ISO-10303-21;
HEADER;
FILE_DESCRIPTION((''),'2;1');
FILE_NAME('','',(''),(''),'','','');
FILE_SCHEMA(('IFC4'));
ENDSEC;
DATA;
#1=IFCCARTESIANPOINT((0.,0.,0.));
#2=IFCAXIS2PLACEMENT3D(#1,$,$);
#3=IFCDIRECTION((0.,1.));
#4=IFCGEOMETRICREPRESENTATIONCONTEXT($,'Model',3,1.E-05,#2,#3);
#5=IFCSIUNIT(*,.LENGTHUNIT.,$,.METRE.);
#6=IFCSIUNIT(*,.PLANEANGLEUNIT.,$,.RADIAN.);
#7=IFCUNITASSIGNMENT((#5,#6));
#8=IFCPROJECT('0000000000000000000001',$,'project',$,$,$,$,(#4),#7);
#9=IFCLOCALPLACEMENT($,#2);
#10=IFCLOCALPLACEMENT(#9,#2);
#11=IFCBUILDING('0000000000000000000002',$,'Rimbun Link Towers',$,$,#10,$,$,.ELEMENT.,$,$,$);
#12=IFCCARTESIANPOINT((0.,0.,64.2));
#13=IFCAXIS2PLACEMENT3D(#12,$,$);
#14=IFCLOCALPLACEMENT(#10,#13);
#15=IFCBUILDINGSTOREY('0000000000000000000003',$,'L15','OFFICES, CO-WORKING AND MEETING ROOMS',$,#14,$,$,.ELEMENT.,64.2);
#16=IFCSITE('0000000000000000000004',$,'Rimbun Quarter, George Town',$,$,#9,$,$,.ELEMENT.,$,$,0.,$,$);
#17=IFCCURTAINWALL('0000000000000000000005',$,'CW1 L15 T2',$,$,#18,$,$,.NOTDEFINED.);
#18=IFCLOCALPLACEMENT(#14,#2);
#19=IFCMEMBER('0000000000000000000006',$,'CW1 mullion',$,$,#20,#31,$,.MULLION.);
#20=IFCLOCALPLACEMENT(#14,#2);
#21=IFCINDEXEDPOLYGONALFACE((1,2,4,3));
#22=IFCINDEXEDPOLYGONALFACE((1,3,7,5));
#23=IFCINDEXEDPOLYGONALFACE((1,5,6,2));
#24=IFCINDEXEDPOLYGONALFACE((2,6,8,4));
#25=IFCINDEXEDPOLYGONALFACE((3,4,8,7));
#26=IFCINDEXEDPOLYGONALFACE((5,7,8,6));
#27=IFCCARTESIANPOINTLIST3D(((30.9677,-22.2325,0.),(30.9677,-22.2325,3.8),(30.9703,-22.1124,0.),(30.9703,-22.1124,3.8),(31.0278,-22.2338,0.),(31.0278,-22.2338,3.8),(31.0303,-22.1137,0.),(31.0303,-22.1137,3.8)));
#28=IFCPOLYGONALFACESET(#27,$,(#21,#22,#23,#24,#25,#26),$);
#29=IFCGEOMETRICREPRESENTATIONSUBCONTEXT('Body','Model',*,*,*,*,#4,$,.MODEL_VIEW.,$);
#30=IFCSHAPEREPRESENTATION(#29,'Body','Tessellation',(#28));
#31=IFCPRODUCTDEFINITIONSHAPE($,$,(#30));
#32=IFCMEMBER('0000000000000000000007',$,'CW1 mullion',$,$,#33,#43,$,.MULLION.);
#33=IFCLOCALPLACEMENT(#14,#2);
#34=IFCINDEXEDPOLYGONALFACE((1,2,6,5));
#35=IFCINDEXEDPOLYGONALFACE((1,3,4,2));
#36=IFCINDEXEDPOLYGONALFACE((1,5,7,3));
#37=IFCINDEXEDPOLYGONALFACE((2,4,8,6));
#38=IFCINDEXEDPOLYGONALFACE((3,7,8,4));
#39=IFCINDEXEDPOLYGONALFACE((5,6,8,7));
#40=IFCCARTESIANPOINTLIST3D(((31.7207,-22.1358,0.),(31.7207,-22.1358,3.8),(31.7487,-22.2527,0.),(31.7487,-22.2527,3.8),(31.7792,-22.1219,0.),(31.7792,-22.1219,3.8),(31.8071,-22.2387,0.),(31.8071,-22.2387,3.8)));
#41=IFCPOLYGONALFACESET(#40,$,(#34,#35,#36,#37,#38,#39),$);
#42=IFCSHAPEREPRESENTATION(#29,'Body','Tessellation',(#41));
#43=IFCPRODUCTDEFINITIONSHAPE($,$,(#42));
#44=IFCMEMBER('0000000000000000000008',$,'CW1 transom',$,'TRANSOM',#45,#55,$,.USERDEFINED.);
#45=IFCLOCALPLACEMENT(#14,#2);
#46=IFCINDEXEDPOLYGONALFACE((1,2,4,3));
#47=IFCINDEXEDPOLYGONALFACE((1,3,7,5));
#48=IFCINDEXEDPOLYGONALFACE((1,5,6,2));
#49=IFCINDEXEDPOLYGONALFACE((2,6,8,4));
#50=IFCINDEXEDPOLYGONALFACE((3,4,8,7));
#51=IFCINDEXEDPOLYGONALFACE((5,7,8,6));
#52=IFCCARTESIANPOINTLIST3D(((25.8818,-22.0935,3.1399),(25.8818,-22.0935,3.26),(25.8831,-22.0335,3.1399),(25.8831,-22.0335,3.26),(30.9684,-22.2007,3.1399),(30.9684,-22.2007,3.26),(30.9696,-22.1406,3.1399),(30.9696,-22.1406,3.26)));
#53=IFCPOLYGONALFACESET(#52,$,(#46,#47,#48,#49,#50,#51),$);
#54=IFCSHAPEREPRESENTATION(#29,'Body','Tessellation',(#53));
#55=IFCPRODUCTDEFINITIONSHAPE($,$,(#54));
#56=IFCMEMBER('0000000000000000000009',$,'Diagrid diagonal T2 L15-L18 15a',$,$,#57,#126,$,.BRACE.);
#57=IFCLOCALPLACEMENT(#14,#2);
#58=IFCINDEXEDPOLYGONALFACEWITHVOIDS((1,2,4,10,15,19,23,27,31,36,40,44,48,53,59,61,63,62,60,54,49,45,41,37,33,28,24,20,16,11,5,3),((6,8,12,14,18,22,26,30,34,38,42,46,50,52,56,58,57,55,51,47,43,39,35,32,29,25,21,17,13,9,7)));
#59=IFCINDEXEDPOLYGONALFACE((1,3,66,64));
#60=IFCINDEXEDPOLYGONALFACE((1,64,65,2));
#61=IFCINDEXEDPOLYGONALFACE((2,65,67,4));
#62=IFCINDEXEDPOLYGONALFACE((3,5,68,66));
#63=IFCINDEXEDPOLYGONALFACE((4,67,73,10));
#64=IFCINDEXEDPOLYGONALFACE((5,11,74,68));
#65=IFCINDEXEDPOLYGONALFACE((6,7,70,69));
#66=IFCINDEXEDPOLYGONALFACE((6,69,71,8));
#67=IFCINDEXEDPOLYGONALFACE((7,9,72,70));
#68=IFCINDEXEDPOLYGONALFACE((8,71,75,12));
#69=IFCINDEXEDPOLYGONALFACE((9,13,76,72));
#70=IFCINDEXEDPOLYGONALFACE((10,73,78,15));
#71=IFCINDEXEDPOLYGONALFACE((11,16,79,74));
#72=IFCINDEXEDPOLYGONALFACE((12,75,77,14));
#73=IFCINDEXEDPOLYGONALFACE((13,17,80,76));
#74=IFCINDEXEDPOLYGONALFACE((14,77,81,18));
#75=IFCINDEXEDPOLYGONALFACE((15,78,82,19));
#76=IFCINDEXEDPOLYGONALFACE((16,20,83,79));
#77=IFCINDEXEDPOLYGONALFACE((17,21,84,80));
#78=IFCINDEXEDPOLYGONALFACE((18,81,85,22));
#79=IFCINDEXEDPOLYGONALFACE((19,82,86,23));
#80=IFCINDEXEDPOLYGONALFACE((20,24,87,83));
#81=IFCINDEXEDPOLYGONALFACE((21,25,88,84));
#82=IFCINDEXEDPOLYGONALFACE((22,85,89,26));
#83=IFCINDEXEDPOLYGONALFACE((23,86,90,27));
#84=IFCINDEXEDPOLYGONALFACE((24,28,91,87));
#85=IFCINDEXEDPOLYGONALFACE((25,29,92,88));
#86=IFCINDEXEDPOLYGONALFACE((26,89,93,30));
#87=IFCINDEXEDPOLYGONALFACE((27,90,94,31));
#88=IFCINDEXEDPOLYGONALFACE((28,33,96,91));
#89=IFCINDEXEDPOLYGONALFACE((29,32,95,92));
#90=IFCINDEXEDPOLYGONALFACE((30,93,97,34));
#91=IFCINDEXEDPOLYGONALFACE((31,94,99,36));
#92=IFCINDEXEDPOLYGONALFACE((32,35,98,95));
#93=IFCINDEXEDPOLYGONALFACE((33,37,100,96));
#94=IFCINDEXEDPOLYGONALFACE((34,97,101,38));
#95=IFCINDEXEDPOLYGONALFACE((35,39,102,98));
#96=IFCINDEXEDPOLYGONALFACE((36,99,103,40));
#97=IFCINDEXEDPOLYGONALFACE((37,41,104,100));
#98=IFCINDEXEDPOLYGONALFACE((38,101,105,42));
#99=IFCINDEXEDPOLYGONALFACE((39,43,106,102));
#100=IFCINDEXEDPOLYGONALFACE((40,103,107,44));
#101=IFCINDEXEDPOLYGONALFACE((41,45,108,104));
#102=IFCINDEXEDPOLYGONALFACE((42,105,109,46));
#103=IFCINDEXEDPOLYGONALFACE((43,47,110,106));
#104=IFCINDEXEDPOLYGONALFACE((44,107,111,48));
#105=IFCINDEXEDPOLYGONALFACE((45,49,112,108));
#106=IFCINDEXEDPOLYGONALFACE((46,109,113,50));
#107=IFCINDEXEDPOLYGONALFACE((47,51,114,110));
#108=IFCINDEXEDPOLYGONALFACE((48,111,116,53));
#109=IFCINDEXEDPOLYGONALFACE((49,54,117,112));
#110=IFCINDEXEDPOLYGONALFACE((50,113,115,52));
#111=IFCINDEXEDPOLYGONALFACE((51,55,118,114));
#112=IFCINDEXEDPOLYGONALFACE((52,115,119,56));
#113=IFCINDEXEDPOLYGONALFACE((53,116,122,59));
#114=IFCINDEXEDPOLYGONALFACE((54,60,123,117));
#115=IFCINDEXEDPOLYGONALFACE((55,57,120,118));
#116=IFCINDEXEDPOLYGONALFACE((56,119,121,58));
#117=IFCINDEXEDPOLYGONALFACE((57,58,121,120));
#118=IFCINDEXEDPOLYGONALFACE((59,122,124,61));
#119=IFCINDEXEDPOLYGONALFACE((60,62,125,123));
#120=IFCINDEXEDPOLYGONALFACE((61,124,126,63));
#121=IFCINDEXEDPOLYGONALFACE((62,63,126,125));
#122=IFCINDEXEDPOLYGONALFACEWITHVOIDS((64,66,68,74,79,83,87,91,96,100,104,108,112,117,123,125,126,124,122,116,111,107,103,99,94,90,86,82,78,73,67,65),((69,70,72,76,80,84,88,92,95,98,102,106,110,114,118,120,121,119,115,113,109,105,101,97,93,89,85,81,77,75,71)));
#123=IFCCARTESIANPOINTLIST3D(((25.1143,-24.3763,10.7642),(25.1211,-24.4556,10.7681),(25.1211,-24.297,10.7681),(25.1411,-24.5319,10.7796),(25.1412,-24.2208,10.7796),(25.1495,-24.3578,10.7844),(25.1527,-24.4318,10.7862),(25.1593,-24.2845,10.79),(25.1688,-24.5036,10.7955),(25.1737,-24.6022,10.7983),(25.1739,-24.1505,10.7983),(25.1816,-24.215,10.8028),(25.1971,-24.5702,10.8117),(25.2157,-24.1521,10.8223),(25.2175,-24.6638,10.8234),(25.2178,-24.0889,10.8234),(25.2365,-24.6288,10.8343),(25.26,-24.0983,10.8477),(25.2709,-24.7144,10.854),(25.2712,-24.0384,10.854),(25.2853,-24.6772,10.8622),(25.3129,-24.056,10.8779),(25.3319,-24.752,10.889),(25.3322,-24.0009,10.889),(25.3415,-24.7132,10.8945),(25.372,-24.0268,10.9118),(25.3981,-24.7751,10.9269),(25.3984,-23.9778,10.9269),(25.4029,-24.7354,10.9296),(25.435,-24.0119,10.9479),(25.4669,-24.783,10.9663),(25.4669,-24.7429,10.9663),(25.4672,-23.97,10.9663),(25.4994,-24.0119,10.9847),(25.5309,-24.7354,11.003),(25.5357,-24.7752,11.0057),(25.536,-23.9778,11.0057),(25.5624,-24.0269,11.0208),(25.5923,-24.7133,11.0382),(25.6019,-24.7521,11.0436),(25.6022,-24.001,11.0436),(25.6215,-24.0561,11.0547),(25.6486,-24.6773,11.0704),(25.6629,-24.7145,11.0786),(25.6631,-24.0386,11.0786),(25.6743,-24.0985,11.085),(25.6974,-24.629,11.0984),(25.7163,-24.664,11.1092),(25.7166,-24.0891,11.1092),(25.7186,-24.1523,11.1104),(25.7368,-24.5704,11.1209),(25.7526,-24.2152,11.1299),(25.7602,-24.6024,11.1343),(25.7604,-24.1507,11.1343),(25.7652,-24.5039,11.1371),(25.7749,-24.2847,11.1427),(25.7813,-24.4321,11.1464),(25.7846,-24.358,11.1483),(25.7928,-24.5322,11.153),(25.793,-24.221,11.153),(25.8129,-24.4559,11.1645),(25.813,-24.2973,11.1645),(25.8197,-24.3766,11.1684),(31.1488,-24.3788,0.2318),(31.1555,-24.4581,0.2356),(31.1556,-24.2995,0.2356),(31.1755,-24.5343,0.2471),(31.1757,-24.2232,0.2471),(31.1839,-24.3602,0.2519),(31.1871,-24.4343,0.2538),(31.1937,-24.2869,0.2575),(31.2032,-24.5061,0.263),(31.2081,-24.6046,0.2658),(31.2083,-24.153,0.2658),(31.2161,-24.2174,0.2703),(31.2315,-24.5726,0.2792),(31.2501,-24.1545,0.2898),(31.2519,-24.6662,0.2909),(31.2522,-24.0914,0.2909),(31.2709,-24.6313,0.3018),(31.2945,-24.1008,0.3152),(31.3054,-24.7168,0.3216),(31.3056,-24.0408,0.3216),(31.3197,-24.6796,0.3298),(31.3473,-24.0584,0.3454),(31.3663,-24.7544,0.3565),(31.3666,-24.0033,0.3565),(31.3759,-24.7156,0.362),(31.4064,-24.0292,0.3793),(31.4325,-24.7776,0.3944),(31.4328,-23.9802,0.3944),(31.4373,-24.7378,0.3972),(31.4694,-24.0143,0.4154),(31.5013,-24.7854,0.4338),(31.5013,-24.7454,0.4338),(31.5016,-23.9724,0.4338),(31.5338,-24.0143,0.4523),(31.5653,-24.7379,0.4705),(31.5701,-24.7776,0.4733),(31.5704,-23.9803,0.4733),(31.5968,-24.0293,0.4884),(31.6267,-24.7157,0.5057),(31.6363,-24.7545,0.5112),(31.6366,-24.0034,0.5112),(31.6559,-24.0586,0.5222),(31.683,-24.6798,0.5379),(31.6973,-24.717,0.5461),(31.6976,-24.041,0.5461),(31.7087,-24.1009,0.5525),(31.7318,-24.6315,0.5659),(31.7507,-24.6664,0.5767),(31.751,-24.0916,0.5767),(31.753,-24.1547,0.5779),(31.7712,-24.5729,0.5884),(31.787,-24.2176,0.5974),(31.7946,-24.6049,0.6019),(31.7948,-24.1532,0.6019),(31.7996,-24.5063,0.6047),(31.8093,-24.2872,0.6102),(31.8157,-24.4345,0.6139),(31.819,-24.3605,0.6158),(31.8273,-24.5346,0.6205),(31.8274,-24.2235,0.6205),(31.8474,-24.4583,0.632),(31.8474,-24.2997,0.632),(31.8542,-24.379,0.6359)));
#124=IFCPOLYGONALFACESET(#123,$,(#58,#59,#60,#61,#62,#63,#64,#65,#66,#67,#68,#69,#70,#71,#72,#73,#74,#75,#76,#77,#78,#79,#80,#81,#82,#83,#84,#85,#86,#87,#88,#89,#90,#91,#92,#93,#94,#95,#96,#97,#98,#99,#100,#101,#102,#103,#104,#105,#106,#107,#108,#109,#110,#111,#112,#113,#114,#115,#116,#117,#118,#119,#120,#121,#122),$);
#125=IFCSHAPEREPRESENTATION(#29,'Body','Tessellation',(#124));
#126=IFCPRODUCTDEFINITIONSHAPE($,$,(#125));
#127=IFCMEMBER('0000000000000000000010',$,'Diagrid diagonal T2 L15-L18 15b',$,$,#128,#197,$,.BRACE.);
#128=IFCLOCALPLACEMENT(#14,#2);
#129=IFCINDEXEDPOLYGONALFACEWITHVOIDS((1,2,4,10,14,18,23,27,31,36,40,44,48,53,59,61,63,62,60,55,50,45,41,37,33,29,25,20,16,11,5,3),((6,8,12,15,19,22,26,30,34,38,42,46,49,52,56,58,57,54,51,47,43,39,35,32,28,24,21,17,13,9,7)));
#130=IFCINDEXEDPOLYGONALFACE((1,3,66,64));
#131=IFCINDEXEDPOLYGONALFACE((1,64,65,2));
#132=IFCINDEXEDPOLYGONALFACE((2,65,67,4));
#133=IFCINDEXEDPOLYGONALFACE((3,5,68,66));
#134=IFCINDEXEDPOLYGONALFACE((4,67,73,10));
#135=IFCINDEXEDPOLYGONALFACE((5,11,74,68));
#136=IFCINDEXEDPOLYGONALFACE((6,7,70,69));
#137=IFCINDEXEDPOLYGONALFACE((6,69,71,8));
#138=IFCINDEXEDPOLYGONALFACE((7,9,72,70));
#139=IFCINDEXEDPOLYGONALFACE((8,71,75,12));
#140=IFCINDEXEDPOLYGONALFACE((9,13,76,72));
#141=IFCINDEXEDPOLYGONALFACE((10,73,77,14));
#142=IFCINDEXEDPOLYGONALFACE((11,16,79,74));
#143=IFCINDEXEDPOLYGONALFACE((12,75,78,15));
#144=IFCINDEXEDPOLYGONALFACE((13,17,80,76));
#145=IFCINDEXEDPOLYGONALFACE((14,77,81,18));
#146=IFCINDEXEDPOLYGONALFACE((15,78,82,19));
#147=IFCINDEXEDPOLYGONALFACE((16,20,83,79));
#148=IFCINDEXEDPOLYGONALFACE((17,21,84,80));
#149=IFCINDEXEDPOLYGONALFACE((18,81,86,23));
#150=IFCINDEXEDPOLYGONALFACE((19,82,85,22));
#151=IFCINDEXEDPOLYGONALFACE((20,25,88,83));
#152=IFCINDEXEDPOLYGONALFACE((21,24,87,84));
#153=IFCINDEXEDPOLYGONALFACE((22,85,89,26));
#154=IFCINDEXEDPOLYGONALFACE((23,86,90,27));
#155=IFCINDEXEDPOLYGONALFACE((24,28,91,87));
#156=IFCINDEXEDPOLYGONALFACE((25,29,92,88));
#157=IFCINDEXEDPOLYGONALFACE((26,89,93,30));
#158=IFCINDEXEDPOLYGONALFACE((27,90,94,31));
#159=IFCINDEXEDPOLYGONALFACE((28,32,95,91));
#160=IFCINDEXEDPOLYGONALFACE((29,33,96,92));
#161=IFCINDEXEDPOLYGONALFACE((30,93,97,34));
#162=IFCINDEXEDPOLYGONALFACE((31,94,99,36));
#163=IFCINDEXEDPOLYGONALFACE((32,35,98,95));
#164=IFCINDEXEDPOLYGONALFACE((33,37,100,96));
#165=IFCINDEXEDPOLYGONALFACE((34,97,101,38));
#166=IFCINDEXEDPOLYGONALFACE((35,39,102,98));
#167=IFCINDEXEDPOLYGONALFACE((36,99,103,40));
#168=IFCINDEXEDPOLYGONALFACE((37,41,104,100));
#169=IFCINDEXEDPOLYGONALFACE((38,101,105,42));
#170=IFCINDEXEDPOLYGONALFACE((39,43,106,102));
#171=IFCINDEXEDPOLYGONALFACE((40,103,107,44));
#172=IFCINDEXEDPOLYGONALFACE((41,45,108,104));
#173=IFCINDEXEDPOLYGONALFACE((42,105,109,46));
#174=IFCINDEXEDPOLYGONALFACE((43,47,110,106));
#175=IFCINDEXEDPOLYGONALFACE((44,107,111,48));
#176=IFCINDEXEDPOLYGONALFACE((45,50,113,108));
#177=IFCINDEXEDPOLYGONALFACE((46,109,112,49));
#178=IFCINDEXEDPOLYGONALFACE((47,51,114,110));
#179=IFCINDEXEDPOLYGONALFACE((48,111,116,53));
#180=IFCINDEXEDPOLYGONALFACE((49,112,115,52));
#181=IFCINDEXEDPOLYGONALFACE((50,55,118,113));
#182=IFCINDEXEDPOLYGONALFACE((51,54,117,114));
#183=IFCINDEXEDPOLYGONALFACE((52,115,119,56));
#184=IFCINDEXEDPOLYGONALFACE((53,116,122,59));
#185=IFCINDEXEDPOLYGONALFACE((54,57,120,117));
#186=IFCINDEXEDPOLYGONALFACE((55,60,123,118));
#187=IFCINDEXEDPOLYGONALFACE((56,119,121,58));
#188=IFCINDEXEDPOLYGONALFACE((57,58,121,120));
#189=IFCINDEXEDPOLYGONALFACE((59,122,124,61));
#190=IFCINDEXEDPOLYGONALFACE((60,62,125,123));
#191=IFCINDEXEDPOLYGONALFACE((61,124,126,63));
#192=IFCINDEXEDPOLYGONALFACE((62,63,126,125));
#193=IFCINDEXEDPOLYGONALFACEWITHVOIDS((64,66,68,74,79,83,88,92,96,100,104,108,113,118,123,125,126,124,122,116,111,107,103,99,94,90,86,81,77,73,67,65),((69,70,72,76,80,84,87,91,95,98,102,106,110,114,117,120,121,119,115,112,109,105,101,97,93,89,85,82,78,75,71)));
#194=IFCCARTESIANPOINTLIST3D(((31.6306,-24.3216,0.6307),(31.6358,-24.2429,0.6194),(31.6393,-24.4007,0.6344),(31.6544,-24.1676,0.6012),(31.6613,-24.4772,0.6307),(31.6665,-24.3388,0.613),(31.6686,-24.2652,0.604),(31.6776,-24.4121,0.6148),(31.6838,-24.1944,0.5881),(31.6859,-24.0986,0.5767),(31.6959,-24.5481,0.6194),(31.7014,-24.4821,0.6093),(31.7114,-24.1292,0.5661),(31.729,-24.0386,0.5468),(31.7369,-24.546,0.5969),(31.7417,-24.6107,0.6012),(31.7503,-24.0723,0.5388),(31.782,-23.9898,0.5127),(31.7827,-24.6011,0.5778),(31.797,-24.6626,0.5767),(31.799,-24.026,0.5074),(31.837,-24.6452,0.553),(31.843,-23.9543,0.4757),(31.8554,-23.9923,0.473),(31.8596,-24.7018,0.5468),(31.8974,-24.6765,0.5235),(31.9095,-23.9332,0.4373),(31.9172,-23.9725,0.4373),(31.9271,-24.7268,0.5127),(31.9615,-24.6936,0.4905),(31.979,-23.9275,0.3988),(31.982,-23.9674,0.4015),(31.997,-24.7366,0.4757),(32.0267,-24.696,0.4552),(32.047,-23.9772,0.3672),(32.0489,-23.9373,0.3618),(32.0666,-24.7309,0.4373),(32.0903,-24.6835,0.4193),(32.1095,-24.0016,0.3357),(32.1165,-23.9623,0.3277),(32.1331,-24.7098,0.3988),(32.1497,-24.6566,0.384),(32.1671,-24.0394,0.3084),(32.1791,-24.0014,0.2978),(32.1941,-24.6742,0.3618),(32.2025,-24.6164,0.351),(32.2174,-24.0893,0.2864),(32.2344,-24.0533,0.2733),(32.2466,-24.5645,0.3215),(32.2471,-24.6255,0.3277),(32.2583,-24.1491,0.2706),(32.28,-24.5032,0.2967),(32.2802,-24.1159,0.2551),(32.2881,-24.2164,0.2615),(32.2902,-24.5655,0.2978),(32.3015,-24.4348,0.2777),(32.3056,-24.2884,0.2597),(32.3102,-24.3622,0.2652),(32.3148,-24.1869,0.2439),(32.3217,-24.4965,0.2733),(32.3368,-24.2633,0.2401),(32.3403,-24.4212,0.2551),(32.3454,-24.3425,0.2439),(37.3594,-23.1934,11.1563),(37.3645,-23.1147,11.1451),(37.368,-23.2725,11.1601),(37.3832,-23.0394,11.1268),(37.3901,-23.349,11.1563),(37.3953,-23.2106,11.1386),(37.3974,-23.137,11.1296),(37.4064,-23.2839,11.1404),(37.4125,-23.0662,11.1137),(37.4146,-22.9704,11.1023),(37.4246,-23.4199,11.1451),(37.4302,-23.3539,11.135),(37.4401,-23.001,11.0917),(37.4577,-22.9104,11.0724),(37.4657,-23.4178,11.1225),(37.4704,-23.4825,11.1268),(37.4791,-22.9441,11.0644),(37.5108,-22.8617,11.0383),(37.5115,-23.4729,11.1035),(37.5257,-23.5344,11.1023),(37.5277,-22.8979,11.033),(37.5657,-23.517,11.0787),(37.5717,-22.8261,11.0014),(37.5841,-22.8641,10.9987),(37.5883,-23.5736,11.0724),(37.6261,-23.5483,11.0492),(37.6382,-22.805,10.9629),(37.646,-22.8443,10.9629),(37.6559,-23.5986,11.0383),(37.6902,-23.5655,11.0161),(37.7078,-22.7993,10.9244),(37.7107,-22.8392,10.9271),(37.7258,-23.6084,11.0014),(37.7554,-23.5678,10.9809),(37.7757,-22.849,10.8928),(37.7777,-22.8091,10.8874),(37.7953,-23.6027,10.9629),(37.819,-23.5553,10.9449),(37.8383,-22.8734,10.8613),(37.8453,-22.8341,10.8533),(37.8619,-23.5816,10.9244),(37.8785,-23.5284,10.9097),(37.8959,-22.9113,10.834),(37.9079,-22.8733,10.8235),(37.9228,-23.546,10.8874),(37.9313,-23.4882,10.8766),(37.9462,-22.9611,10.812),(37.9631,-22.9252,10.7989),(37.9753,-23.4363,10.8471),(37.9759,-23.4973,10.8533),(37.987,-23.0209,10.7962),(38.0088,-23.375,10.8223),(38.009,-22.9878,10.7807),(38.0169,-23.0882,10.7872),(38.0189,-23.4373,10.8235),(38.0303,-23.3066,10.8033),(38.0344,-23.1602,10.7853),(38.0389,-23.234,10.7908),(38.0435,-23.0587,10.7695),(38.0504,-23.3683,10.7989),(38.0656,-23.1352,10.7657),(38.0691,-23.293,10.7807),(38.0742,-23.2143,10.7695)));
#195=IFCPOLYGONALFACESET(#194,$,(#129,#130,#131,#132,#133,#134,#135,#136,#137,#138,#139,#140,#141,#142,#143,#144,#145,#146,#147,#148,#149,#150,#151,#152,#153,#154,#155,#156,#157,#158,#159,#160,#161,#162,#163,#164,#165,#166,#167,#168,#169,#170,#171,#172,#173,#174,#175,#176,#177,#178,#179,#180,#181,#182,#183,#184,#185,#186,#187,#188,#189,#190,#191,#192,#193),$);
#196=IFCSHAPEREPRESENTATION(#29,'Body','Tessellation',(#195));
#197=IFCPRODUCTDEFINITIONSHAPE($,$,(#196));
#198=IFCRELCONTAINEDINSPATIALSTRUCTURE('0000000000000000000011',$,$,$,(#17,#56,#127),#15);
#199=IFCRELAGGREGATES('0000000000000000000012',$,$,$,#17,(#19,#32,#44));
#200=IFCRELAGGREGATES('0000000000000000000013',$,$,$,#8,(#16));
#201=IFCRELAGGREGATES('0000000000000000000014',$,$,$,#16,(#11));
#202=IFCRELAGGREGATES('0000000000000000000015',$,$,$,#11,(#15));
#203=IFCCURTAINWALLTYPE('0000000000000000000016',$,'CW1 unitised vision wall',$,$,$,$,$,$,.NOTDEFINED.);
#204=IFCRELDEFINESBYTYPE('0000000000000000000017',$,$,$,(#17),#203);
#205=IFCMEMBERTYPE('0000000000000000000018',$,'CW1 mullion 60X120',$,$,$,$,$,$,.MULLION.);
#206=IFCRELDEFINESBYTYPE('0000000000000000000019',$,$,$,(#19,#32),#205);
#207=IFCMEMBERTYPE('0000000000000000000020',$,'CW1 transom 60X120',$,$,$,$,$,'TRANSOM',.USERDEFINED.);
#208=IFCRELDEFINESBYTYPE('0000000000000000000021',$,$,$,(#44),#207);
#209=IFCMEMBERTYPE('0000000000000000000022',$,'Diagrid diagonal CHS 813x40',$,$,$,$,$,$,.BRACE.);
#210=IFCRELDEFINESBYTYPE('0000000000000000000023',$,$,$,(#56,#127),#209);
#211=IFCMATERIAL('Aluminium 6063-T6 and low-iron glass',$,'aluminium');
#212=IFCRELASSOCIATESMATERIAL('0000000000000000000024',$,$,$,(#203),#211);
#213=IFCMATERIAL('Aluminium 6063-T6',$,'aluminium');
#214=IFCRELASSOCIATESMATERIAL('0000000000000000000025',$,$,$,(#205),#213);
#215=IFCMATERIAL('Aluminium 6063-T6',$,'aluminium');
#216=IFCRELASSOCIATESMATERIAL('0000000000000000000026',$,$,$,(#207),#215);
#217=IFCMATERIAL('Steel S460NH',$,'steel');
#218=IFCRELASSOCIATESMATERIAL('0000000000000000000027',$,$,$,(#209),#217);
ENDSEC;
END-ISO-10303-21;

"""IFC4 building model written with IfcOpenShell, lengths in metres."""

from ifc_helpers import new_model, si_unit, direction, frame, origin, origin_2d, place, context, subcontext, project, spatial, rectangle, hollow_circle, extrude, material, material_profile, profile_set, type_object, element, aggregate, save


model = new_model("IFC4")

# Units and contexts
model_context = context("Model", 3, precision=1e-05, world=origin(), true_north=direction((0.0, 1.0)))
body_context = subcontext(model_context, "Body", "Model", "MODEL_VIEW")
ifc_project = project(units=[si_unit("LENGTHUNIT", "METRE"), si_unit("PLANEANGLEUNIT", "RADIAN")], contexts=[model_context])

# Site, building, storey
site_placement = place(None, origin())
site = spatial("IfcSite", under=ifc_project, at=site_placement, Name="Rimbun Quarter, George Town", CompositionType="ELEMENT", RefElevation=0.0)
building_placement = place(site_placement, origin())
building = spatial("IfcBuilding", under=site, at=building_placement, Name="Rimbun Link Towers", CompositionType="ELEMENT")
storey_placement = place(building_placement, frame((0.0, 0.0, 64.2)))
storey = spatial("IfcBuildingStorey", under=building, at=storey_placement, Name="L15", Description="OFFICES, CO-WORKING AND MEETING ROOMS", CompositionType="ELEMENT", Elevation=64.2)

# Curtain wall, members
ifc_material_1 = material(Name="Aluminium 6063-T6 and low-iron glass", Category="aluminium")
curtain_wall_type = type_object("IfcCurtainWallType", Name="CW1 unitised vision wall", PredefinedType="NOTDEFINED", material=ifc_material_1)
curtain_wall_placement = place(storey_placement, origin())
curtain_wall = element("IfcCurtainWall", 1, at=curtain_wall_placement, inside=storey, type_object=curtain_wall_type, Name="CW1 L15 T2", PredefinedType="NOTDEFINED")
ifc_material_2 = material(Name="Aluminium 6063-T6", Category="aluminium")
ifc_material_profile_1 = material_profile(ifc_material_2, rectangle(XDim=0.1201, YDim=0.0601, at=origin_2d()), Name="MULLION 60X120")
ifc_profile_set_1 = profile_set([ifc_material_profile_1], Name="Aluminium 6063-T6")
member_type_1 = type_object("IfcMemberType", Name="CW1 mullion 60X120", PredefinedType="MULLION", material=ifc_profile_set_1)
member_1_placement = place(storey_placement, frame((30.999, -22.1731, 0.0), z_axis=(0.0, 0.0, 1.0), x_axis=(-0.02106, -0.999778, 0.0)))
member_1 = element("IfcMember", 2, at=member_1_placement, type_object=member_type_1, Name="CW1 mullion", PredefinedType="MULLION", context=body_context, shape_type="SweptSolid", body=[
    extrude(rectangle(XDim=0.1201, YDim=0.0601, at=origin_2d()), origin(), (0.0, 0.0, 1.0), 3.8),
])
member_2_placement = place(storey_placement, frame((31.7639, -22.1873, 0.0), z_axis=(0.0, 0.0, 1.0), x_axis=(0.232601, -0.972572, 0.0)))
member_2 = element("IfcMember", 3, at=member_2_placement, type_object=member_type_1, Name="CW1 mullion", PredefinedType="MULLION", context=body_context, shape_type="SweptSolid", body=[
    extrude(rectangle(XDim=0.1201, YDim=0.0601, at=origin_2d()), origin(), (0.0, 0.0, 1.0), 3.8),
])
ifc_material_3 = material(Name="Aluminium 6063-T6", Category="aluminium")
ifc_material_profile_2 = material_profile(ifc_material_3, rectangle(XDim=0.0601, YDim=0.1201, at=origin_2d()), Name="TRANSOM 60X120")
ifc_profile_set_2 = profile_set([ifc_material_profile_2], Name="Aluminium 6063-T6")
member_type_2 = type_object("IfcMemberType", Name="CW1 transom 60X120", ElementType="TRANSOM", PredefinedType="USERDEFINED", material=ifc_profile_set_2)
member_3_placement = place(storey_placement, frame((30.969, -22.1707, 3.2), z_axis=(-0.999778, 0.021067, 0.0), x_axis=(-0.021067, -0.999778, 0.0)))
member_3 = element("IfcMember", 4, at=member_3_placement, type_object=member_type_2, Name="CW1 transom", ObjectType="TRANSOM", PredefinedType="USERDEFINED", context=body_context, shape_type="SweptSolid", body=[
    extrude(rectangle(XDim=0.0601, YDim=0.1201, at=origin_2d()), origin(), (0.0, 0.0, 1.0), 5.0876),
])

# Members
ifc_material_4 = material(Name="Steel S460NH", Category="steel")
ifc_material_profile_3 = material_profile(ifc_material_4, hollow_circle(Radius=0.4065, WallThickness=0.04, at=origin_2d()), Name="Diagrid diagonal CHS 813x40")
ifc_profile_set_3 = profile_set([ifc_material_profile_3], Name="Steel S460NH")
member_type_3 = type_object("IfcMemberType", Name="Diagrid diagonal CHS 813x40", PredefinedType="BRACE", material=ifc_profile_set_3)
member_4_placement = place(storey_placement, frame((31.5015, -24.3789, 0.4338), z_axis=(-0.497124, 0.000201, 0.867679), x_axis=(-0.000405, -1.0, 0.0)))
element("IfcMember", 5, at=member_4_placement, inside=storey, type_object=member_type_3, Name="Diagrid diagonal T2 L15-L18 15a", PredefinedType="BRACE", context=body_context, shape_type="SweptSolid", body=[
    extrude(hollow_circle(Radius=0.4065, WallThickness=0.04, at=origin_2d()), origin(), (0.0, 0.0, 1.0), 12.1387),
])
member_5_placement = place(storey_placement, frame((31.988, -24.332, 0.4373), z_axis=(0.475944, 0.093728, 0.874467), x_axis=(-0.19322, 0.981155, 0.0)))
element("IfcMember", 6, at=member_5_placement, inside=storey, type_object=member_type_3, Name="Diagrid diagonal T2 L15-L18 15b", PredefinedType="BRACE", context=body_context, shape_type="SweptSolid", body=[
    extrude(hollow_circle(Radius=0.4065, WallThickness=0.04, at=origin_2d()), origin(), (0.0, 0.0, 1.0), 12.0366),
])

aggregate(curtain_wall, [member_1, member_2, member_3])

save(model, "model.ifc")
